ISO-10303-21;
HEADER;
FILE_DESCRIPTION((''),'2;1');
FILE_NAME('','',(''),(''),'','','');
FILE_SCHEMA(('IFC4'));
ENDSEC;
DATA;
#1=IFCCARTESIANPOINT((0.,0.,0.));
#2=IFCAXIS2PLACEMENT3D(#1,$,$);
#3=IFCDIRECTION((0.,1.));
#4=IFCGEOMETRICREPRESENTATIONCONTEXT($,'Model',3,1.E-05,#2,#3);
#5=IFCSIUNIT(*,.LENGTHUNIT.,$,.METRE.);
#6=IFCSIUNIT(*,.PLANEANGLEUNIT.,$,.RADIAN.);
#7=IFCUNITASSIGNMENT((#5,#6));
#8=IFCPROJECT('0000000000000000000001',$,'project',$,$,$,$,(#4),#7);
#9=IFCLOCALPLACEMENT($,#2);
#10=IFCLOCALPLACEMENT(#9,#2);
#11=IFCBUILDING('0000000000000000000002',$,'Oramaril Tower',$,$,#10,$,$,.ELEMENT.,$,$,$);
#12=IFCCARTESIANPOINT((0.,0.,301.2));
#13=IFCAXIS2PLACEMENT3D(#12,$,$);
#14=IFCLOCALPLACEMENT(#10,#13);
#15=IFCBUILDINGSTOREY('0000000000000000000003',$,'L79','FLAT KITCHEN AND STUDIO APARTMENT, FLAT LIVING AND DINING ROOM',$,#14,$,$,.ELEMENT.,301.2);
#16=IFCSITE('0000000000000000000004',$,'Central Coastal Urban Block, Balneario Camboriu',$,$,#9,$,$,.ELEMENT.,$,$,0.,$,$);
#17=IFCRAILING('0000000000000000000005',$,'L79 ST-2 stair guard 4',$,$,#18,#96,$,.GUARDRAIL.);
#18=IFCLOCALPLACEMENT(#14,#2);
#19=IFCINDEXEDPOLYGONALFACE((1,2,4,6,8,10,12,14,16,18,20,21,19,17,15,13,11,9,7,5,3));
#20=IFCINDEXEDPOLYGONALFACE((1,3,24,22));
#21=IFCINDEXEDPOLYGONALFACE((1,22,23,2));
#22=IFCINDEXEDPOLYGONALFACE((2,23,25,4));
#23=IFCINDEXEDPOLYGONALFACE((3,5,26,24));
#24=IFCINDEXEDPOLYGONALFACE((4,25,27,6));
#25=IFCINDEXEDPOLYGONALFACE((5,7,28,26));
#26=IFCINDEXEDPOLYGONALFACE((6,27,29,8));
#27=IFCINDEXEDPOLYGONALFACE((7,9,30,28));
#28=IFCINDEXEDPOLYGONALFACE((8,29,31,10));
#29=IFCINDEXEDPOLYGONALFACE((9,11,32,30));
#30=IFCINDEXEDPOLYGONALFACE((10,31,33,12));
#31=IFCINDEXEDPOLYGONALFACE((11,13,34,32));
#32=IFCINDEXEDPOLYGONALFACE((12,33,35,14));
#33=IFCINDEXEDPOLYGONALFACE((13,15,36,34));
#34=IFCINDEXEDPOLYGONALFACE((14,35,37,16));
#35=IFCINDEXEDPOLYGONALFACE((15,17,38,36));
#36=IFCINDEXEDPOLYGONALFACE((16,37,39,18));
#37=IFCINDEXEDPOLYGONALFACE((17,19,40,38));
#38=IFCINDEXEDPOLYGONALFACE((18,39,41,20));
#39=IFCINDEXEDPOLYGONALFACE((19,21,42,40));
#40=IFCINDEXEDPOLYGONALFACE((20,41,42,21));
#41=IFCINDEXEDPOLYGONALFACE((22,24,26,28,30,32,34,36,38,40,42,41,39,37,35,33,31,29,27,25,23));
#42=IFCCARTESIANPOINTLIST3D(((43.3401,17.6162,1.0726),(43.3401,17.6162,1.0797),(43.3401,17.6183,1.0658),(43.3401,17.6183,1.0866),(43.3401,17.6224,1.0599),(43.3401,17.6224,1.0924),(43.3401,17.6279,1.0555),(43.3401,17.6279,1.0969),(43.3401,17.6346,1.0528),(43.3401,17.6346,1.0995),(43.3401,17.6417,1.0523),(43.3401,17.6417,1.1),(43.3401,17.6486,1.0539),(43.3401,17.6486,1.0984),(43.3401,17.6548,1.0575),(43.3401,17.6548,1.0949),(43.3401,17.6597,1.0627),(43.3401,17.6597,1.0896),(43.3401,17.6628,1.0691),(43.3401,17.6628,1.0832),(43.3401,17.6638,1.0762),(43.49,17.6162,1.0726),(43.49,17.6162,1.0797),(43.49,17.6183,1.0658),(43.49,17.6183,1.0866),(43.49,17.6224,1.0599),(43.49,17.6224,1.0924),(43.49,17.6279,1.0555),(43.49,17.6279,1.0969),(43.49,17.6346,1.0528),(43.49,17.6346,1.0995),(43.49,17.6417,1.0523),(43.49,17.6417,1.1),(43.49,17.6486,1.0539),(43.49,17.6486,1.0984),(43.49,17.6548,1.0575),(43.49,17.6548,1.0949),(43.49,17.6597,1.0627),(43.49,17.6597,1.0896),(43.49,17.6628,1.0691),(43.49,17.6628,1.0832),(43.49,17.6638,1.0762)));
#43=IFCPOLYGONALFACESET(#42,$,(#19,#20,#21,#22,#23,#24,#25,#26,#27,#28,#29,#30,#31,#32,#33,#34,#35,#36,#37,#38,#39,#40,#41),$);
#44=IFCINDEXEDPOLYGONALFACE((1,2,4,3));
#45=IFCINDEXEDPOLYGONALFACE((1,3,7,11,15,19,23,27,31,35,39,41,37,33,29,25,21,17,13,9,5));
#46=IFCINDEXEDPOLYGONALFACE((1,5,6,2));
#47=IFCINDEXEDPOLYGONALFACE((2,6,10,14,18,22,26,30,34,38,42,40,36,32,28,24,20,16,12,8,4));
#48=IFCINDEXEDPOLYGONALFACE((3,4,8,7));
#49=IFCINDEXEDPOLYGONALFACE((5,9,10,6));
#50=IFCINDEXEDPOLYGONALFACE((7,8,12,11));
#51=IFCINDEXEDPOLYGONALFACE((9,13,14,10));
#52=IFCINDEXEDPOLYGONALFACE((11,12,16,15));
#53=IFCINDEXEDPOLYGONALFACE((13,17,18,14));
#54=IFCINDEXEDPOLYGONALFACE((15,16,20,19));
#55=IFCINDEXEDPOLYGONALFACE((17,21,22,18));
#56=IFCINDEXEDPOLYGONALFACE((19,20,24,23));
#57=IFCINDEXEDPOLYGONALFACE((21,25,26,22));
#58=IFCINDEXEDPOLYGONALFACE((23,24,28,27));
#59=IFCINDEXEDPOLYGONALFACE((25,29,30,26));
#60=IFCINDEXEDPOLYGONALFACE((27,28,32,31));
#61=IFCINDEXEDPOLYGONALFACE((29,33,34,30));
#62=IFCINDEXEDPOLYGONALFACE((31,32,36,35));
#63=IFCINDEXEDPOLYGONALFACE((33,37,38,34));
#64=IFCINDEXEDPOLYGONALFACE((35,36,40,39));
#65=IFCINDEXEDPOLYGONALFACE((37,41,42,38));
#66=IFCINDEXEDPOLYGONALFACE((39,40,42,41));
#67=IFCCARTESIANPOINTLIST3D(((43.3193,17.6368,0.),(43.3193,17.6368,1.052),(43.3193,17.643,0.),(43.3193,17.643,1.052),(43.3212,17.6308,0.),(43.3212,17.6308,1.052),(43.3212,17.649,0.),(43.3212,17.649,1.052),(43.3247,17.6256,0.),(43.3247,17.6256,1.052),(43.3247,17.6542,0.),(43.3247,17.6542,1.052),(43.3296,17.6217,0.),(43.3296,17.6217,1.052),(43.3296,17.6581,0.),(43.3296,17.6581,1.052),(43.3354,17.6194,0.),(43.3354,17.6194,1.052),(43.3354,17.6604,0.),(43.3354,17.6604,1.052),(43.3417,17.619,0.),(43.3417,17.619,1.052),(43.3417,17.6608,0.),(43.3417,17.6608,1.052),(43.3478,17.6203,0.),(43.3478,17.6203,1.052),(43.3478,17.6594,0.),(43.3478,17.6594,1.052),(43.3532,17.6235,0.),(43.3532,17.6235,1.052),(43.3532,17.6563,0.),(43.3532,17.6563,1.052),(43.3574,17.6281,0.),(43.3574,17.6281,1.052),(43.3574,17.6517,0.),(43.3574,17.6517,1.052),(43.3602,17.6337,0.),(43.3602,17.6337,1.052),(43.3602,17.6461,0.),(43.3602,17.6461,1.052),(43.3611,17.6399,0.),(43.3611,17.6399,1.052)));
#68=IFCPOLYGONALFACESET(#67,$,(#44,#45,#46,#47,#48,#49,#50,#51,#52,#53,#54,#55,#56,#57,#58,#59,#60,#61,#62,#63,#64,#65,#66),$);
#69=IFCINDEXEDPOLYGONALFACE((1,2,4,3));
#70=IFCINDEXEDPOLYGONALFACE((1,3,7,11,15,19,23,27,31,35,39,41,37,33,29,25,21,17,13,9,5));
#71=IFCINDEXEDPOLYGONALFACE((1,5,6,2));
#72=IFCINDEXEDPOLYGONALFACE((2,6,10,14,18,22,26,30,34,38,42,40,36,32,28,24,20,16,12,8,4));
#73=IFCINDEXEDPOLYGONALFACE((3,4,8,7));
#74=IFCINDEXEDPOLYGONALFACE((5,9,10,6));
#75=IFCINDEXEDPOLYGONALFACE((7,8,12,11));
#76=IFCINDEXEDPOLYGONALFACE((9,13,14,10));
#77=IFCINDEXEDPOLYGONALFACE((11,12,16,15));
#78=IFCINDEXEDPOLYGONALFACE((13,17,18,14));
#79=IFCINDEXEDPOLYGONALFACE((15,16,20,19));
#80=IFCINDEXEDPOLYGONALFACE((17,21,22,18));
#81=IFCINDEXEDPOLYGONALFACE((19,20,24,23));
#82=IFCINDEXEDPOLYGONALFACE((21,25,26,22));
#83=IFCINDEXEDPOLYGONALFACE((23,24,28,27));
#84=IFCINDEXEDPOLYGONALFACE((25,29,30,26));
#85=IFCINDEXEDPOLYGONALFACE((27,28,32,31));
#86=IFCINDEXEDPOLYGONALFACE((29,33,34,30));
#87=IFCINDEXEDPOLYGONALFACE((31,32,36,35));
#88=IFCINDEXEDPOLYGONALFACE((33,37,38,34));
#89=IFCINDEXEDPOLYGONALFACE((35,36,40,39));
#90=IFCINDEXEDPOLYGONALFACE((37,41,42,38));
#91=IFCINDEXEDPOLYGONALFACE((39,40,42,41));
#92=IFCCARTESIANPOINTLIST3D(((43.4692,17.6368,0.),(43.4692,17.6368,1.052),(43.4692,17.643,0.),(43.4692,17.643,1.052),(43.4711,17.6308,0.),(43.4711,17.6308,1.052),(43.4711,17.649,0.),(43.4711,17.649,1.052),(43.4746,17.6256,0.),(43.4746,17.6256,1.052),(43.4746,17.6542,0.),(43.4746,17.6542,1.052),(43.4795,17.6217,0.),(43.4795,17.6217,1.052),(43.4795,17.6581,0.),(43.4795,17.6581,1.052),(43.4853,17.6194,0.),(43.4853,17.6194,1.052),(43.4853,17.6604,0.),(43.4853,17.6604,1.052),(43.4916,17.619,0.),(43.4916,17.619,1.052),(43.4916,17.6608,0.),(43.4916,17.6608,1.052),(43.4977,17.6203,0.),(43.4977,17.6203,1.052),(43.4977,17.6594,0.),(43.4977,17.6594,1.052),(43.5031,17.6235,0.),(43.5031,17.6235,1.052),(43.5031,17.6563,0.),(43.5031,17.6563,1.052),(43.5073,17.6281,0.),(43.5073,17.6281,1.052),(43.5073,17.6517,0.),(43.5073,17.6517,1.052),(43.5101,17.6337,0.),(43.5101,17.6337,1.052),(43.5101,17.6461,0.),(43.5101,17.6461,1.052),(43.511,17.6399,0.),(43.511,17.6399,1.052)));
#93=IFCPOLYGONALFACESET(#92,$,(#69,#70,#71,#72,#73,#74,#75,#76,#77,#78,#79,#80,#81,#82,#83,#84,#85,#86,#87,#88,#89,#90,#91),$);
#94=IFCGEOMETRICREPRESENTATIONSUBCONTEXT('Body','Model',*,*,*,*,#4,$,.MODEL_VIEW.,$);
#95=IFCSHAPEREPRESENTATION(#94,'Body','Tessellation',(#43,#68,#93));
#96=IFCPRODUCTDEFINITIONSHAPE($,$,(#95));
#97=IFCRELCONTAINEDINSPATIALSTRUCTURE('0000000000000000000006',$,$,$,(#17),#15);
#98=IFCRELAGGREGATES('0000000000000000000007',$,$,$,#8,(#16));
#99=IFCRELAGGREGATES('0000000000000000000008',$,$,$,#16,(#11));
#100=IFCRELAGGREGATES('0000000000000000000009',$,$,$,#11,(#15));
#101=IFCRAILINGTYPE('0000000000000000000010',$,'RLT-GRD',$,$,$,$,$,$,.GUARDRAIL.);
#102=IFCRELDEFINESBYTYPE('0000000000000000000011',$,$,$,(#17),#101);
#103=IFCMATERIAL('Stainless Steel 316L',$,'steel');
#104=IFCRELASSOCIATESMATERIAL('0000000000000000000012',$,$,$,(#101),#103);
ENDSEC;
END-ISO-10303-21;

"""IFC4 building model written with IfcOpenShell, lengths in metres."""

from ifc_helpers import new_model, si_unit, direction, frame, origin, origin_2d, place, context, subcontext, project, spatial, circle, extrude, material, type_object, element, save


model = new_model("IFC4")

# Units and contexts
model_context = context("Model", 3, precision=1e-05, world=origin(), true_north=direction((0.0, 1.0)))
body_context = subcontext(model_context, "Body", "Model", "MODEL_VIEW")
ifc_project = project(units=[si_unit("LENGTHUNIT", "METRE"), si_unit("PLANEANGLEUNIT", "RADIAN")], contexts=[model_context])

# Site, building, storey
site_placement = place(None, origin())
site = spatial("IfcSite", under=ifc_project, at=site_placement, Name="Central Coastal Urban Block, Balneario Camboriu", CompositionType="ELEMENT", RefElevation=0.0)
building_placement = place(site_placement, origin())
building = spatial("IfcBuilding", under=site, at=building_placement, Name="Oramaril Tower", CompositionType="ELEMENT")
storey_placement = place(building_placement, frame((0.0, 0.0, 301.2)))
storey = spatial("IfcBuildingStorey", under=building, at=storey_placement, Name="L79", Description="FLAT KITCHEN AND STUDIO APARTMENT, FLAT LIVING AND DINING ROOM", CompositionType="ELEMENT", Elevation=301.2)

# Railing
ifc_material_1 = material(Name="Stainless Steel 316L", Category="steel")
railing_type_1 = type_object("IfcRailingType", Name="RLT-GRD", PredefinedType="GUARDRAIL", material=ifc_material_1)
railing_1_placement = place(storey_placement, frame((43.3401, 17.6399, 0.0)))
element("IfcRailing", 1, at=railing_1_placement, inside=storey, type_object=railing_type_1, Name="L79 ST-2 stair guard 4", PredefinedType="GUARDRAIL", context=body_context, shape_type="SweptSolid", body=[
    extrude(circle(Radius=0.0239, at=origin_2d()), frame((0.0, 0.0, 1.0762), z_axis=(1.0, 0.0, 0.0), x_axis=(0.0, 1.0, 0.0)), (0.0, 0.0, 1.0), 0.1499),
    extrude(circle(Radius=0.021, at=origin_2d()), origin(), (0.0, 0.0, 1.0), 1.052),
    extrude(circle(Radius=0.021, at=origin_2d()), frame((0.1499, 0.0, 0.0)), (0.0, 0.0, 1.0), 1.052),
])

save(model, "model.ifc")
